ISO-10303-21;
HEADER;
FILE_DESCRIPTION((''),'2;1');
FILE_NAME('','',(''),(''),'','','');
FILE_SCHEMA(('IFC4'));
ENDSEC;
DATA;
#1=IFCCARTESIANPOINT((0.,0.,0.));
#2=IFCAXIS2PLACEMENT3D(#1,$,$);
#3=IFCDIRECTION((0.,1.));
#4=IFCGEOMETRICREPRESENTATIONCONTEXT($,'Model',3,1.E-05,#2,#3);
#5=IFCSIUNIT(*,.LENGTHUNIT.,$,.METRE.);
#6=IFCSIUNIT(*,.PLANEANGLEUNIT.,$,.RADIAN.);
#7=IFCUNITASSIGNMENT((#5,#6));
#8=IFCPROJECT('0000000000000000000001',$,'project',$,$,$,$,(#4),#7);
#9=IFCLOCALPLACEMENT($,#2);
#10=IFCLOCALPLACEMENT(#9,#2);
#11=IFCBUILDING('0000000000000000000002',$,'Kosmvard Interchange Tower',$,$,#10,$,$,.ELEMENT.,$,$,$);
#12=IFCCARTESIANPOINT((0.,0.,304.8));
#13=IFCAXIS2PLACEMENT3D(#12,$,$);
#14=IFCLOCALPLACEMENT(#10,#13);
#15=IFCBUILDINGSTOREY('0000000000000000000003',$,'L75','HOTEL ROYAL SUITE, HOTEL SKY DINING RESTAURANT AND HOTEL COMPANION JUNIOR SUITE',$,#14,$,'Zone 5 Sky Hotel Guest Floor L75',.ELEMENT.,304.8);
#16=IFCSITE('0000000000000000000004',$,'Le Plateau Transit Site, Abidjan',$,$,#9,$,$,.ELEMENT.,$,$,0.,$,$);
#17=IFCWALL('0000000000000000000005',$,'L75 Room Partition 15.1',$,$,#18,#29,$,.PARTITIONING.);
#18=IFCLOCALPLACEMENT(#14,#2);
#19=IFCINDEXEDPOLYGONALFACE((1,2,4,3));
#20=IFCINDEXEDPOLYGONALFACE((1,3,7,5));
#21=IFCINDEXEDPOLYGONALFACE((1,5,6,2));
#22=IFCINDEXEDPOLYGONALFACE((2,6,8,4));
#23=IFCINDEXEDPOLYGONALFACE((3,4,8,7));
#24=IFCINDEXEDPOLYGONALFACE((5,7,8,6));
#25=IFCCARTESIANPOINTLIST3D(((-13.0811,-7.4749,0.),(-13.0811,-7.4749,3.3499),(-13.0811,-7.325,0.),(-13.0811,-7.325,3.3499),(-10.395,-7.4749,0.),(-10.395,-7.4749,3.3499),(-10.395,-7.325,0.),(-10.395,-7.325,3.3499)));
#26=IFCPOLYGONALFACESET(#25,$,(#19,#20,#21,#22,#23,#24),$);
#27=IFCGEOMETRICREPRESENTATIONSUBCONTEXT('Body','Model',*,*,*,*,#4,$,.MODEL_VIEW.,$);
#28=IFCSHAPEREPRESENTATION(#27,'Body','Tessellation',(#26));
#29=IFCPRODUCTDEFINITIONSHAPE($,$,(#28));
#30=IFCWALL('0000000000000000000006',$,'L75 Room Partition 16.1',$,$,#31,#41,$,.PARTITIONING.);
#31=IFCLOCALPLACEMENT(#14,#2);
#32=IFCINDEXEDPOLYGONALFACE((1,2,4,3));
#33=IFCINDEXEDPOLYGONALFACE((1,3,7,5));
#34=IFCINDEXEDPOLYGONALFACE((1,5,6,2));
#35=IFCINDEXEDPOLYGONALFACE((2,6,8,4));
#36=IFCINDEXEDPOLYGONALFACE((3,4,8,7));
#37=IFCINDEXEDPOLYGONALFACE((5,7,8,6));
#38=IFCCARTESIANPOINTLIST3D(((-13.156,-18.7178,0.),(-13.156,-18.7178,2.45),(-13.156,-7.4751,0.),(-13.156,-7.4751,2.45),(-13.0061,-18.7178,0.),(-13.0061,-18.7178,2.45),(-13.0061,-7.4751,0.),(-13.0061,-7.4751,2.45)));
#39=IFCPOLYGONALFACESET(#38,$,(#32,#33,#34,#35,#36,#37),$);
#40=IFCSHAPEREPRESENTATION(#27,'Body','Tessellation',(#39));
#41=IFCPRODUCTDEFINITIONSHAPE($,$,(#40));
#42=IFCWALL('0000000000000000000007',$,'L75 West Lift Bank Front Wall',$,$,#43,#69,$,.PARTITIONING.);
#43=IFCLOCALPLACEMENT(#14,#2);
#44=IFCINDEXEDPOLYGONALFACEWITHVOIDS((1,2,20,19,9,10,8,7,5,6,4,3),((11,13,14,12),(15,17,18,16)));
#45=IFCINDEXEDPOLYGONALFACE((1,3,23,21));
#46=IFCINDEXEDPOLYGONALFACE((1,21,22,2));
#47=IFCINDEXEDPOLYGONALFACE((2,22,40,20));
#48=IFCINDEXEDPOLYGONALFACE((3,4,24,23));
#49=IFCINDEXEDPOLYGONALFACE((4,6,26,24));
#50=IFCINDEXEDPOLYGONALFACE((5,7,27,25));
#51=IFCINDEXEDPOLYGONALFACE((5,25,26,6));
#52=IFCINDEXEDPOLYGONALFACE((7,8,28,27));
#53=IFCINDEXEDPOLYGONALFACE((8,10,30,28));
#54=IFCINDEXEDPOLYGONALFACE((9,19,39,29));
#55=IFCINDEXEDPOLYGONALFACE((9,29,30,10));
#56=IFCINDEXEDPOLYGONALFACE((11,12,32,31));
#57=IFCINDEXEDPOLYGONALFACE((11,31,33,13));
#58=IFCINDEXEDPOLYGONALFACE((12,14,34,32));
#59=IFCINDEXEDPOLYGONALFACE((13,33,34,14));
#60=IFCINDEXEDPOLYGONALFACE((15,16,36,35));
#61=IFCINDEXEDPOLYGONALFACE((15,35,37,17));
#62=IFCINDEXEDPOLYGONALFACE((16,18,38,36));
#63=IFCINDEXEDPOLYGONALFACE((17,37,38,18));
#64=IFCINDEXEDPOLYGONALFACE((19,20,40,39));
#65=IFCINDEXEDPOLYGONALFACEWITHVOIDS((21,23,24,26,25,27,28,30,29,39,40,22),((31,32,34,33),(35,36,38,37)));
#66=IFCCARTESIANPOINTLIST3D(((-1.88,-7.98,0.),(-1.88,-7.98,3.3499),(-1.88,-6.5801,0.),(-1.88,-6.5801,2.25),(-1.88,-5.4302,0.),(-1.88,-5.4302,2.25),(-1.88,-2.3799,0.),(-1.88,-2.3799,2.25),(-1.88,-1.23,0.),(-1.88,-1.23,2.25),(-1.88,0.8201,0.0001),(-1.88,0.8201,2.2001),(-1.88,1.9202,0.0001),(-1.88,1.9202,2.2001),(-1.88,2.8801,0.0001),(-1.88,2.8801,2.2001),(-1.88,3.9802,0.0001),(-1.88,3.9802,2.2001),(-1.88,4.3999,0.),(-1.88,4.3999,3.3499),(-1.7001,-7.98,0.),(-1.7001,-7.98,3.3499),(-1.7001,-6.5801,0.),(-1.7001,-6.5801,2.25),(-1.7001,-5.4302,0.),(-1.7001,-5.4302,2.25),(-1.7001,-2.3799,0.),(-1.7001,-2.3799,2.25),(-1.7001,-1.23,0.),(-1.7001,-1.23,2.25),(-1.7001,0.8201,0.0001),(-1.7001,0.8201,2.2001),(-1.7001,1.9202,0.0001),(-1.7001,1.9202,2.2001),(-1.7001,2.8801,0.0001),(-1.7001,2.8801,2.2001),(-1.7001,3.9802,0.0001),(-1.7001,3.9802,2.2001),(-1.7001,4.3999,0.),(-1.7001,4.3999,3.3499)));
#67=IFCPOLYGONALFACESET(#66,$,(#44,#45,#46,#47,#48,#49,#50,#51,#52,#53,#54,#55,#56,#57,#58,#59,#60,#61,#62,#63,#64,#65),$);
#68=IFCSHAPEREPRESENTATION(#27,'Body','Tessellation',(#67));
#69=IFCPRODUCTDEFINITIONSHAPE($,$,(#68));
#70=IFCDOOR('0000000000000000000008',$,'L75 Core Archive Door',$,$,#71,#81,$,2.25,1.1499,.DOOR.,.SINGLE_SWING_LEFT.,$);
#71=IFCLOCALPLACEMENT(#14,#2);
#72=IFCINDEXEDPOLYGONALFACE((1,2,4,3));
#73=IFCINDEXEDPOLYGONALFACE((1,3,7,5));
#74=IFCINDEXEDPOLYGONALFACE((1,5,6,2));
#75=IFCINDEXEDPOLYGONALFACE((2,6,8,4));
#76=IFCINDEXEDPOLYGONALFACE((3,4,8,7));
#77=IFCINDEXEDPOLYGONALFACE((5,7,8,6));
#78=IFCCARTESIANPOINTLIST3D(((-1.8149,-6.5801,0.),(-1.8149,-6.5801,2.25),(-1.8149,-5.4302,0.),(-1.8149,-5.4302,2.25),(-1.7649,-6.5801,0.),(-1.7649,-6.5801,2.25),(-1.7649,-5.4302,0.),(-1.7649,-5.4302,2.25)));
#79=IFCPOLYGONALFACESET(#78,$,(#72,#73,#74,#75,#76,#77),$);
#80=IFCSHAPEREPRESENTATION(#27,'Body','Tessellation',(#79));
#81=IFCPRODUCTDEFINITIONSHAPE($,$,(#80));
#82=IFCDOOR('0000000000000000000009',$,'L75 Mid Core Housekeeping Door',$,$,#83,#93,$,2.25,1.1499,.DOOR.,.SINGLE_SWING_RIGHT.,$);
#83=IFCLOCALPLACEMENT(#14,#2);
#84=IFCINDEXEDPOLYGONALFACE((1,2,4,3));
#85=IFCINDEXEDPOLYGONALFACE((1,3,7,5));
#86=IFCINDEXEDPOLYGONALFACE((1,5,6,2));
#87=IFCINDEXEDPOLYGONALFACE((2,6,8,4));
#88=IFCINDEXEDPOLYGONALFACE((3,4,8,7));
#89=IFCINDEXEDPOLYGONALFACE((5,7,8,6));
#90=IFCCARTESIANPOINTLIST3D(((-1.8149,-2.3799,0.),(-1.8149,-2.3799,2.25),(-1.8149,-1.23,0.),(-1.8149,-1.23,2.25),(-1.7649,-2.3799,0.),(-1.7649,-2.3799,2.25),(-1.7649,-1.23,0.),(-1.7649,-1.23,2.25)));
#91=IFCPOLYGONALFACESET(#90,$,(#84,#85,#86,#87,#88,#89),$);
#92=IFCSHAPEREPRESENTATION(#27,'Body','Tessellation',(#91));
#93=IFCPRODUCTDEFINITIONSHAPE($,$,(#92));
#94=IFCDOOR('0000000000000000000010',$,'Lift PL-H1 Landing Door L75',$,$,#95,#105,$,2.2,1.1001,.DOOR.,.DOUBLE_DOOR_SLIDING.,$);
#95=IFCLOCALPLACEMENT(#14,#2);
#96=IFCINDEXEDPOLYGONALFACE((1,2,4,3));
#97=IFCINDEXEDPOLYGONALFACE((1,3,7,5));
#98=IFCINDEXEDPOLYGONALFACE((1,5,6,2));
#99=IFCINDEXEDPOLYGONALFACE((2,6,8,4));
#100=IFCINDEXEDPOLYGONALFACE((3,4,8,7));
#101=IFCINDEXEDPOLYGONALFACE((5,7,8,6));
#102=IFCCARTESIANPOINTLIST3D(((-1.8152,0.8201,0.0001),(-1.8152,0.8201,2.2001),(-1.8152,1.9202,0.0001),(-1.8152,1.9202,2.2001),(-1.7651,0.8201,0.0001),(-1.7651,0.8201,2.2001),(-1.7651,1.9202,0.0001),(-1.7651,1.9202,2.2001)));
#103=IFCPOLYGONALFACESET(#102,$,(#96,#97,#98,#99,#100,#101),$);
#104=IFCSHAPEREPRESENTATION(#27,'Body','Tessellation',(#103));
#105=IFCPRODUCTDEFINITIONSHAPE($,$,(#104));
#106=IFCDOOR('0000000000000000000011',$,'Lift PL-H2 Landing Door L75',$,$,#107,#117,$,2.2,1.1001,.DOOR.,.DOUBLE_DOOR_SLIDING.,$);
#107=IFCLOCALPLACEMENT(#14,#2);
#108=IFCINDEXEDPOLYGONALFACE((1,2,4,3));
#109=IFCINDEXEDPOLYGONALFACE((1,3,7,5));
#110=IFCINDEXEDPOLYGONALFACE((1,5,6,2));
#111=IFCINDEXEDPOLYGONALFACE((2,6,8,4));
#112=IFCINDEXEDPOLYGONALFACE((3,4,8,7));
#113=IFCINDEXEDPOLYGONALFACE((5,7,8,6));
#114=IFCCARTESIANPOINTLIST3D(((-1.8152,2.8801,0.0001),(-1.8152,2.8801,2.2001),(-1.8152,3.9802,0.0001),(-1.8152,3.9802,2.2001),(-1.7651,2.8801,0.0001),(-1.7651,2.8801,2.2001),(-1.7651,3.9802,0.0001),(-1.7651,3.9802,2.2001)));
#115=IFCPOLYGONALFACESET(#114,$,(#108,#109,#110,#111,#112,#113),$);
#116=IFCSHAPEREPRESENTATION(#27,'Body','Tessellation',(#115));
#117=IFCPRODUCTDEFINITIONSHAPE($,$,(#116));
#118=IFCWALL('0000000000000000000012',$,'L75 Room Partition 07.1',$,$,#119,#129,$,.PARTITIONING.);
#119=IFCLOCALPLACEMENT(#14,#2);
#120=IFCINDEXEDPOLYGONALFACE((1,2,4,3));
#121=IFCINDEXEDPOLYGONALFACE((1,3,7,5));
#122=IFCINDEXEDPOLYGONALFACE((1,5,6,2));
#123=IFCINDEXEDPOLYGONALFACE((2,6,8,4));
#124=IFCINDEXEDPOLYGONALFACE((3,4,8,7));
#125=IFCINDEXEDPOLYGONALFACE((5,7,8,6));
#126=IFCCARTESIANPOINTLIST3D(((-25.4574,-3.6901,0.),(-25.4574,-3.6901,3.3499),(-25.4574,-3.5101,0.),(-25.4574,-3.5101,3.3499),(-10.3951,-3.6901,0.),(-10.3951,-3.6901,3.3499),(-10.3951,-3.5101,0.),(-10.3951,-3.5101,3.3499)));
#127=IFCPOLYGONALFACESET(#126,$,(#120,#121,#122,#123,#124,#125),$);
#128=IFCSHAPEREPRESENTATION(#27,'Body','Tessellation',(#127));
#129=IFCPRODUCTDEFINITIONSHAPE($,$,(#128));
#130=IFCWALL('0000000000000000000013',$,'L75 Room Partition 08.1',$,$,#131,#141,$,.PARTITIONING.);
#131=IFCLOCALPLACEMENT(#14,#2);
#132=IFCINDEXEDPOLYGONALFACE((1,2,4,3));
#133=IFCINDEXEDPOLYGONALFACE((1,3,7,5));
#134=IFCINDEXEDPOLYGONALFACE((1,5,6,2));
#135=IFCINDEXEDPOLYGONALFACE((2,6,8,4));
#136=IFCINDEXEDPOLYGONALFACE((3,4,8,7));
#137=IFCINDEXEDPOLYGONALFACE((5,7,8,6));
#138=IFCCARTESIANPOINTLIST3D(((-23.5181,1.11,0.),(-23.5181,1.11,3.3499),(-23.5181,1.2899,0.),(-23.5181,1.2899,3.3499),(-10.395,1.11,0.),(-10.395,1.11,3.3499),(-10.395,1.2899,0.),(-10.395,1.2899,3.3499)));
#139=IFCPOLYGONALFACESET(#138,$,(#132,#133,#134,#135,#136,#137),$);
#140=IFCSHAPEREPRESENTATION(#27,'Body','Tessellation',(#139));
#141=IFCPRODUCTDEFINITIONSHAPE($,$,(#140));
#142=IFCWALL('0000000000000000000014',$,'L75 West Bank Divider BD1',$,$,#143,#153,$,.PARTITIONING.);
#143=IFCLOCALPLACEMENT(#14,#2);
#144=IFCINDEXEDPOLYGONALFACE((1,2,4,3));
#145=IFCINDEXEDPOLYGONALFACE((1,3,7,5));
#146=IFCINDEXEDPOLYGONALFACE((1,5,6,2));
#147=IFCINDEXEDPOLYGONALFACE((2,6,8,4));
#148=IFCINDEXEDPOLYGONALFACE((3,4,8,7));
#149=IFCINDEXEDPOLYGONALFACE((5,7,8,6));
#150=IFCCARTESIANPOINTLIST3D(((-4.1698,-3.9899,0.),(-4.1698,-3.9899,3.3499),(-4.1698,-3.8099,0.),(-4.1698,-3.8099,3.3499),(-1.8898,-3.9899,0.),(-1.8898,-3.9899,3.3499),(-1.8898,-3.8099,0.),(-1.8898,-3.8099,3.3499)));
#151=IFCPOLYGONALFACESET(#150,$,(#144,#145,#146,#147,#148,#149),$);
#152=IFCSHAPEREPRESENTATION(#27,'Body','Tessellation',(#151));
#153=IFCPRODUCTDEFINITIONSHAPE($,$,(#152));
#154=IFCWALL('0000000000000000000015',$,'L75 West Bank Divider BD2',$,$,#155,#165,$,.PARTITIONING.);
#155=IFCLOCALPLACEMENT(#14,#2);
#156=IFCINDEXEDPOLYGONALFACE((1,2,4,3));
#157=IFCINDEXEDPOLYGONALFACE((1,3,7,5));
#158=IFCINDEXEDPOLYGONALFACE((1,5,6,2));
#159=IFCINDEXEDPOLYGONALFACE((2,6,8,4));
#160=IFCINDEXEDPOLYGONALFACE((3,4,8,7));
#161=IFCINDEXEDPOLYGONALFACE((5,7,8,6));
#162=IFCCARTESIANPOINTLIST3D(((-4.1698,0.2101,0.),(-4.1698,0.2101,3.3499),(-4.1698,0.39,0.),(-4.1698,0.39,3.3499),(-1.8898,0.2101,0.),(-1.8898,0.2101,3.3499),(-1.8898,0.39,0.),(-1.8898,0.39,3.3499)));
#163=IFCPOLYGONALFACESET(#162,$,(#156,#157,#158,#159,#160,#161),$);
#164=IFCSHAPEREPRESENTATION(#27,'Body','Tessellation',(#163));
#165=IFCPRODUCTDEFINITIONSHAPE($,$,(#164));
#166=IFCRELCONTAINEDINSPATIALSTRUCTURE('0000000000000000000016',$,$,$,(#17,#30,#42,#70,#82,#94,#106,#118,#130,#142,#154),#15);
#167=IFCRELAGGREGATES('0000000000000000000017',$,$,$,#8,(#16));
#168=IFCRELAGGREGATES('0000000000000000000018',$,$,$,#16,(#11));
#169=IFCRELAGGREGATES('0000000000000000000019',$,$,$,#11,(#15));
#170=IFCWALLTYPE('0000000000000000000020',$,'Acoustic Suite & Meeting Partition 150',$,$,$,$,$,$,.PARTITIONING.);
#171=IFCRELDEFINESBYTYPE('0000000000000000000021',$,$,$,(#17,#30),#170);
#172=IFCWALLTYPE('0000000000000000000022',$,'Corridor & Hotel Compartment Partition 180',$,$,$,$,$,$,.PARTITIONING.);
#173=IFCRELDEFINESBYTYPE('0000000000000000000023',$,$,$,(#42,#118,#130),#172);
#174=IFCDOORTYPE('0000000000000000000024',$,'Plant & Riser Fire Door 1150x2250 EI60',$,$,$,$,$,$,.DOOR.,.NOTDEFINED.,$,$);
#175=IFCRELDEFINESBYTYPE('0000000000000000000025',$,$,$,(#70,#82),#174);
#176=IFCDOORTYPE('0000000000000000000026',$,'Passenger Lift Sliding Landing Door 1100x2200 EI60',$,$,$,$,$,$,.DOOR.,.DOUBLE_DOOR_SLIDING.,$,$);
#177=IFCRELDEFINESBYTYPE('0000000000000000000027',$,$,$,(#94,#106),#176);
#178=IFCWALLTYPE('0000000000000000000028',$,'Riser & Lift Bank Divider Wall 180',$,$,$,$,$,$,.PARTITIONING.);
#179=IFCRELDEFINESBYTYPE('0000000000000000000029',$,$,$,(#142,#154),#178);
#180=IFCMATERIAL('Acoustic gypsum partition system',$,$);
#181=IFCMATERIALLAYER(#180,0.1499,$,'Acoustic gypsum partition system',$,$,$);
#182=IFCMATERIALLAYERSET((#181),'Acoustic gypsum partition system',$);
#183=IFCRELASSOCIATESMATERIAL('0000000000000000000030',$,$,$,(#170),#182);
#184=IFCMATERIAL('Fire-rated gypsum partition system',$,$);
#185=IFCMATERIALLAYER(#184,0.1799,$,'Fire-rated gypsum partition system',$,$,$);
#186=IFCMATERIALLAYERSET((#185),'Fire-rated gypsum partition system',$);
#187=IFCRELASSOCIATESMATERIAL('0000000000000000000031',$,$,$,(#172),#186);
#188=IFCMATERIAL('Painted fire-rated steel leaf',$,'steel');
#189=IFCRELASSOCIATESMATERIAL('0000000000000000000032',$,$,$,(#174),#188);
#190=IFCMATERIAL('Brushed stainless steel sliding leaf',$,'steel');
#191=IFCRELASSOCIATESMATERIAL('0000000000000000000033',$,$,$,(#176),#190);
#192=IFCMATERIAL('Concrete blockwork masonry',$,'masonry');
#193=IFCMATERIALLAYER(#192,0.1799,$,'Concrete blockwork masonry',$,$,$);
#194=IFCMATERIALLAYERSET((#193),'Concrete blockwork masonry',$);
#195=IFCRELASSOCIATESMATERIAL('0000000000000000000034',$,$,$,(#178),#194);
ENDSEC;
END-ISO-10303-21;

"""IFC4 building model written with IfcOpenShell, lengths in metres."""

from ifc_helpers import new_model, si_unit, direction, frame, frame_2d, origin, place, context, subcontext, project, spatial, rectangle, extrude, source, transform, mapped, material, layer, layer_set, type_object, element, fill, save


model = new_model("IFC4")

# Units and contexts
model_context = context("Model", 3, precision=1e-05, world=origin(), true_north=direction((0.0, 1.0)))
body_context = subcontext(model_context, "Body", "Model", "MODEL_VIEW")
ifc_project = project(units=[si_unit("LENGTHUNIT", "METRE"), si_unit("PLANEANGLEUNIT", "RADIAN")], contexts=[model_context])

# Site, building, storey
site_placement = place(None, origin())
site = spatial("IfcSite", under=ifc_project, at=site_placement, Name="Le Plateau Transit Site, Abidjan", CompositionType="ELEMENT", RefElevation=0.0)
building_placement = place(site_placement, origin())
building = spatial("IfcBuilding", under=site, at=building_placement, Name="Kosmvard Interchange Tower", CompositionType="ELEMENT")
storey_placement = place(building_placement, frame((0.0, 0.0, 304.8)))
storey = spatial("IfcBuildingStorey", under=building, at=storey_placement, Name="L75", Description="HOTEL ROYAL SUITE, HOTEL SKY DINING RESTAURANT AND HOTEL COMPANION JUNIOR SUITE", LongName="Zone 5 Sky Hotel Guest Floor L75", CompositionType="ELEMENT", Elevation=304.8)

# Walls
ifc_material_1 = material(Name="Acoustic gypsum partition system")
ifc_layer_1 = layer(ifc_material_1, 0.1499, Name="Acoustic gypsum partition system")
ifc_layer_set_1 = layer_set([ifc_layer_1], Name="Acoustic gypsum partition system")
wall_type_1 = type_object("IfcWallType", Name="Acoustic Suite & Meeting Partition 150", PredefinedType="PARTITIONING", material=ifc_layer_set_1)
wall_1_placement = place(storey_placement, frame((-10.395, -7.3999, 0.0), z_axis=(0.0, 0.0, 1.0), x_axis=(-1.0, 0.0, 0.0)))
element("IfcWall", 1, at=wall_1_placement, inside=storey, type_object=wall_type_1, Name="L75 Room Partition 15.1", PredefinedType="PARTITIONING", context=body_context, shape_type="SweptSolid", body=[
    extrude(rectangle(XDim=2.686, YDim=0.1499, at=frame_2d((1.343, 0.0))), origin(), (0.0, 0.0, 1.0), 3.3499),
])
wall_2_placement = place(storey_placement, frame((-13.0811, -7.4751, 0.0), z_axis=(0.0, 0.0, 1.0), x_axis=(0.0, -1.0, 0.0)))
element("IfcWall", 2, at=wall_2_placement, inside=storey, type_object=wall_type_1, Name="L75 Room Partition 16.1", PredefinedType="PARTITIONING", context=body_context, shape_type="SweptSolid", body=[
    extrude(rectangle(XDim=11.2427, YDim=0.1499, at=frame_2d((5.6213, 0.0))), origin(), (0.0, 0.0, 1.0), 2.45),
])

# Wall, openings, doors
ifc_material_2 = material(Name="Fire-rated gypsum partition system")
ifc_layer_2 = layer(ifc_material_2, 0.1799, Name="Fire-rated gypsum partition system")
ifc_layer_set_2 = layer_set([ifc_layer_2], Name="Fire-rated gypsum partition system")
wall_type_2 = type_object("IfcWallType", Name="Corridor & Hotel Compartment Partition 180", PredefinedType="PARTITIONING", material=ifc_layer_set_2)
wall_3_placement = place(storey_placement, frame((-1.79, -7.98, 0.0), z_axis=(0.0, 0.0, 1.0), x_axis=(0.0, 1.0, 0.0)))
wall_3 = element("IfcWall", 3, at=wall_3_placement, inside=storey, type_object=wall_type_2, Name="L75 West Lift Bank Front Wall", PredefinedType="PARTITIONING", context=body_context, shape_type="SweptSolid", body=[
    extrude(rectangle(XDim=12.3799, YDim=0.1799, at=frame_2d((6.1899, 0.0))), origin(), (0.0, 0.0, 1.0), 3.3499),
])
opening_1_placement = place(wall_3_placement, frame((8.8, 0.0, 0.0)))
opening_1 = element("IfcOpeningElement", 4, at=opening_1_placement, cuts=wall_3, PredefinedType="OPENING", context=body_context, shape_type="SweptSolid", body=[
    extrude(rectangle(XDim=1.1001, YDim=2.2, at=frame_2d((0.55, 1.1001))), frame((0.0, 0.1001, 0.0), z_axis=(0.0, -1.0, 0.0), x_axis=(1.0, 0.0, 0.0)), (0.0, 0.0, 1.0), 0.2),
])
opening_2_placement = place(wall_3_placement, frame((10.8601, 0.0, 0.0)))
opening_2 = element("IfcOpeningElement", 5, at=opening_2_placement, cuts=wall_3, PredefinedType="OPENING", context=body_context, shape_type="SweptSolid", body=[
    extrude(rectangle(XDim=1.1001, YDim=2.2, at=frame_2d((0.55, 1.1001))), frame((0.0, 0.1001, 0.0), z_axis=(0.0, -1.0, 0.0), x_axis=(1.0, 0.0, 0.0)), (0.0, 0.0, 1.0), 0.2),
])
opening_3_placement = place(wall_3_placement, frame((1.3999, 0.0, 0.0)))
opening_3 = element("IfcOpeningElement", 6, at=opening_3_placement, cuts=wall_3, PredefinedType="OPENING", context=body_context, shape_type="SweptSolid", body=[
    extrude(rectangle(XDim=1.1499, YDim=2.25, at=frame_2d((0.575, 1.125))), frame((0.0, 0.1001, 0.0), z_axis=(0.0, -1.0, 0.0), x_axis=(1.0, 0.0, 0.0)), (0.0, 0.0, 1.0), 0.2),
])
opening_4_placement = place(wall_3_placement, frame((5.6001, 0.0, 0.0)))
opening_4 = element("IfcOpeningElement", 7, at=opening_4_placement, cuts=wall_3, PredefinedType="OPENING", context=body_context, shape_type="SweptSolid", body=[
    extrude(rectangle(XDim=1.1499, YDim=2.25, at=frame_2d((0.575, 1.125))), frame((0.0, 0.1001, 0.0), z_axis=(0.0, -1.0, 0.0), x_axis=(1.0, 0.0, 0.0)), (0.0, 0.0, 1.0), 0.2),
])
ifc_material_3 = material(Name="Painted fire-rated steel leaf", Category="steel")
door_type_1 = type_object("IfcDoorType", Name="Plant & Riser Fire Door 1150x2250 EI60", OperationType="NOTDEFINED", PredefinedType="DOOR", material=ifc_material_3)
shared_shape_1 = source(origin(), body_context, "Body", "SweptSolid", [
    extrude(rectangle(XDim=1.1499, YDim=2.25, at=frame_2d((0.575, 1.125))), frame((0.0, 0.0249, 0.0), z_axis=(0.0, -1.0, 0.0), x_axis=(1.0, 0.0, 0.0)), (0.0, 0.0, 1.0), 0.05),
])
door_1_placement = place(opening_3_placement, origin())
door_1 = element("IfcDoor", 8, at=door_1_placement, inside=storey, type_object=door_type_1, Name="L75 Core Archive Door", OperationType="SINGLE_SWING_LEFT", OverallHeight=2.25, OverallWidth=1.1499, PredefinedType="DOOR", context=body_context, shape_type="MappedRepresentation", body=[
    mapped(shared_shape_1, transform((0.0, 0.0, 0.0), scale=1.0)),
])
fill(opening_3, door_1)
door_2_placement = place(opening_4_placement, origin())
door_2 = element("IfcDoor", 9, at=door_2_placement, inside=storey, type_object=door_type_1, Name="L75 Mid Core Housekeeping Door", OperationType="SINGLE_SWING_RIGHT", OverallHeight=2.25, OverallWidth=1.1499, PredefinedType="DOOR", context=body_context, shape_type="MappedRepresentation", body=[
    mapped(shared_shape_1, transform((0.0, 0.0, 0.0), scale=1.0)),
])
fill(opening_4, door_2)
ifc_material_4 = material(Name="Brushed stainless steel sliding leaf", Category="steel")
door_type_2 = type_object("IfcDoorType", Name="Passenger Lift Sliding Landing Door 1100x2200 EI60", OperationType="DOUBLE_DOOR_SLIDING", PredefinedType="DOOR", material=ifc_material_4)
shared_shape_2 = source(origin(), body_context, "Body", "SweptSolid", [
    extrude(rectangle(XDim=1.1001, YDim=2.2, at=frame_2d((0.55, 1.1001))), frame((0.0, 0.0249, 0.0), z_axis=(0.0, -1.0, 0.0), x_axis=(1.0, 0.0, 0.0)), (0.0, 0.0, 1.0), 0.05),
])
door_3_placement = place(opening_1_placement, frame((1.1001, 0.0, 0.0), z_axis=(0.0, 0.0, 1.0), x_axis=(-1.0, 0.0, 0.0)))
door_3 = element("IfcDoor", 10, at=door_3_placement, inside=storey, type_object=door_type_2, Name="Lift PL-H1 Landing Door L75", OperationType="DOUBLE_DOOR_SLIDING", OverallHeight=2.2, OverallWidth=1.1001, PredefinedType="DOOR", context=body_context, shape_type="MappedRepresentation", body=[
    mapped(shared_shape_2, transform((0.0, 0.0, 0.0), scale=1.0)),
])
fill(opening_1, door_3)
door_4_placement = place(opening_2_placement, frame((1.1001, 0.0, 0.0), z_axis=(0.0, 0.0, 1.0), x_axis=(-1.0, 0.0, 0.0)))
door_4 = element("IfcDoor", 11, at=door_4_placement, inside=storey, type_object=door_type_2, Name="Lift PL-H2 Landing Door L75", OperationType="DOUBLE_DOOR_SLIDING", OverallHeight=2.2, OverallWidth=1.1001, PredefinedType="DOOR", context=body_context, shape_type="MappedRepresentation", body=[
    mapped(shared_shape_2, transform((0.0, 0.0, 0.0), scale=1.0)),
])
fill(opening_2, door_4)

# Walls
wall_4_placement = place(storey_placement, frame((-10.395, -3.6001, 0.0), z_axis=(0.0, 0.0, 1.0), x_axis=(-1.0, 0.0, 0.0)))
element("IfcWall", 12, at=wall_4_placement, inside=storey, type_object=wall_type_2, Name="L75 Room Partition 07.1", PredefinedType="PARTITIONING", context=body_context, shape_type="SweptSolid", body=[
    extrude(rectangle(XDim=15.0623, YDim=0.1799, at=frame_2d((7.5312, 0.0))), origin(), (0.0, 0.0, 1.0), 3.3499),
])
wall_5_placement = place(storey_placement, frame((-10.395, 1.2, 0.0), z_axis=(0.0, 0.0, 1.0), x_axis=(-1.0, 0.0, 0.0)))
element("IfcWall", 13, at=wall_5_placement, inside=storey, type_object=wall_type_2, Name="L75 Room Partition 08.1", PredefinedType="PARTITIONING", context=body_context, shape_type="SweptSolid", body=[
    extrude(rectangle(XDim=13.123, YDim=0.1799, at=frame_2d((6.5615, 0.0))), origin(), (0.0, 0.0, 1.0), 3.3499),
])
ifc_material_5 = material(Name="Concrete blockwork masonry", Category="masonry")
ifc_layer_3 = layer(ifc_material_5, 0.1799, Name="Concrete blockwork masonry")
ifc_layer_set_3 = layer_set([ifc_layer_3], Name="Concrete blockwork masonry")
wall_type_3 = type_object("IfcWallType", Name="Riser & Lift Bank Divider Wall 180", PredefinedType="PARTITIONING", material=ifc_layer_set_3)
for number, where, z_axis, x_axis, name in (
    (14, (-4.1699, -3.8999, 0.0), (0.0, 0.0, 1.0), (1.0, 0.0, 0.0), "L75 West Bank Divider BD1"),
    (15, (-4.1699, 0.3, 0.0), (0.0, 0.0, 1.0), (1.0, 0.0, 0.0), "L75 West Bank Divider BD2"),
):
    element("IfcWall", number, at=place(storey_placement, frame(where, z_axis=z_axis, x_axis=x_axis)), inside=storey, type_object=wall_type_3, Name=name, PredefinedType="PARTITIONING", context=body_context, shape_type="SweptSolid", body=[
        extrude(rectangle(XDim=2.28, YDim=0.1799, at=frame_2d((1.1401, 0.0))), origin(), (0.0, 0.0, 1.0), 3.3499),
    ])

save(model, "model.ifc")
